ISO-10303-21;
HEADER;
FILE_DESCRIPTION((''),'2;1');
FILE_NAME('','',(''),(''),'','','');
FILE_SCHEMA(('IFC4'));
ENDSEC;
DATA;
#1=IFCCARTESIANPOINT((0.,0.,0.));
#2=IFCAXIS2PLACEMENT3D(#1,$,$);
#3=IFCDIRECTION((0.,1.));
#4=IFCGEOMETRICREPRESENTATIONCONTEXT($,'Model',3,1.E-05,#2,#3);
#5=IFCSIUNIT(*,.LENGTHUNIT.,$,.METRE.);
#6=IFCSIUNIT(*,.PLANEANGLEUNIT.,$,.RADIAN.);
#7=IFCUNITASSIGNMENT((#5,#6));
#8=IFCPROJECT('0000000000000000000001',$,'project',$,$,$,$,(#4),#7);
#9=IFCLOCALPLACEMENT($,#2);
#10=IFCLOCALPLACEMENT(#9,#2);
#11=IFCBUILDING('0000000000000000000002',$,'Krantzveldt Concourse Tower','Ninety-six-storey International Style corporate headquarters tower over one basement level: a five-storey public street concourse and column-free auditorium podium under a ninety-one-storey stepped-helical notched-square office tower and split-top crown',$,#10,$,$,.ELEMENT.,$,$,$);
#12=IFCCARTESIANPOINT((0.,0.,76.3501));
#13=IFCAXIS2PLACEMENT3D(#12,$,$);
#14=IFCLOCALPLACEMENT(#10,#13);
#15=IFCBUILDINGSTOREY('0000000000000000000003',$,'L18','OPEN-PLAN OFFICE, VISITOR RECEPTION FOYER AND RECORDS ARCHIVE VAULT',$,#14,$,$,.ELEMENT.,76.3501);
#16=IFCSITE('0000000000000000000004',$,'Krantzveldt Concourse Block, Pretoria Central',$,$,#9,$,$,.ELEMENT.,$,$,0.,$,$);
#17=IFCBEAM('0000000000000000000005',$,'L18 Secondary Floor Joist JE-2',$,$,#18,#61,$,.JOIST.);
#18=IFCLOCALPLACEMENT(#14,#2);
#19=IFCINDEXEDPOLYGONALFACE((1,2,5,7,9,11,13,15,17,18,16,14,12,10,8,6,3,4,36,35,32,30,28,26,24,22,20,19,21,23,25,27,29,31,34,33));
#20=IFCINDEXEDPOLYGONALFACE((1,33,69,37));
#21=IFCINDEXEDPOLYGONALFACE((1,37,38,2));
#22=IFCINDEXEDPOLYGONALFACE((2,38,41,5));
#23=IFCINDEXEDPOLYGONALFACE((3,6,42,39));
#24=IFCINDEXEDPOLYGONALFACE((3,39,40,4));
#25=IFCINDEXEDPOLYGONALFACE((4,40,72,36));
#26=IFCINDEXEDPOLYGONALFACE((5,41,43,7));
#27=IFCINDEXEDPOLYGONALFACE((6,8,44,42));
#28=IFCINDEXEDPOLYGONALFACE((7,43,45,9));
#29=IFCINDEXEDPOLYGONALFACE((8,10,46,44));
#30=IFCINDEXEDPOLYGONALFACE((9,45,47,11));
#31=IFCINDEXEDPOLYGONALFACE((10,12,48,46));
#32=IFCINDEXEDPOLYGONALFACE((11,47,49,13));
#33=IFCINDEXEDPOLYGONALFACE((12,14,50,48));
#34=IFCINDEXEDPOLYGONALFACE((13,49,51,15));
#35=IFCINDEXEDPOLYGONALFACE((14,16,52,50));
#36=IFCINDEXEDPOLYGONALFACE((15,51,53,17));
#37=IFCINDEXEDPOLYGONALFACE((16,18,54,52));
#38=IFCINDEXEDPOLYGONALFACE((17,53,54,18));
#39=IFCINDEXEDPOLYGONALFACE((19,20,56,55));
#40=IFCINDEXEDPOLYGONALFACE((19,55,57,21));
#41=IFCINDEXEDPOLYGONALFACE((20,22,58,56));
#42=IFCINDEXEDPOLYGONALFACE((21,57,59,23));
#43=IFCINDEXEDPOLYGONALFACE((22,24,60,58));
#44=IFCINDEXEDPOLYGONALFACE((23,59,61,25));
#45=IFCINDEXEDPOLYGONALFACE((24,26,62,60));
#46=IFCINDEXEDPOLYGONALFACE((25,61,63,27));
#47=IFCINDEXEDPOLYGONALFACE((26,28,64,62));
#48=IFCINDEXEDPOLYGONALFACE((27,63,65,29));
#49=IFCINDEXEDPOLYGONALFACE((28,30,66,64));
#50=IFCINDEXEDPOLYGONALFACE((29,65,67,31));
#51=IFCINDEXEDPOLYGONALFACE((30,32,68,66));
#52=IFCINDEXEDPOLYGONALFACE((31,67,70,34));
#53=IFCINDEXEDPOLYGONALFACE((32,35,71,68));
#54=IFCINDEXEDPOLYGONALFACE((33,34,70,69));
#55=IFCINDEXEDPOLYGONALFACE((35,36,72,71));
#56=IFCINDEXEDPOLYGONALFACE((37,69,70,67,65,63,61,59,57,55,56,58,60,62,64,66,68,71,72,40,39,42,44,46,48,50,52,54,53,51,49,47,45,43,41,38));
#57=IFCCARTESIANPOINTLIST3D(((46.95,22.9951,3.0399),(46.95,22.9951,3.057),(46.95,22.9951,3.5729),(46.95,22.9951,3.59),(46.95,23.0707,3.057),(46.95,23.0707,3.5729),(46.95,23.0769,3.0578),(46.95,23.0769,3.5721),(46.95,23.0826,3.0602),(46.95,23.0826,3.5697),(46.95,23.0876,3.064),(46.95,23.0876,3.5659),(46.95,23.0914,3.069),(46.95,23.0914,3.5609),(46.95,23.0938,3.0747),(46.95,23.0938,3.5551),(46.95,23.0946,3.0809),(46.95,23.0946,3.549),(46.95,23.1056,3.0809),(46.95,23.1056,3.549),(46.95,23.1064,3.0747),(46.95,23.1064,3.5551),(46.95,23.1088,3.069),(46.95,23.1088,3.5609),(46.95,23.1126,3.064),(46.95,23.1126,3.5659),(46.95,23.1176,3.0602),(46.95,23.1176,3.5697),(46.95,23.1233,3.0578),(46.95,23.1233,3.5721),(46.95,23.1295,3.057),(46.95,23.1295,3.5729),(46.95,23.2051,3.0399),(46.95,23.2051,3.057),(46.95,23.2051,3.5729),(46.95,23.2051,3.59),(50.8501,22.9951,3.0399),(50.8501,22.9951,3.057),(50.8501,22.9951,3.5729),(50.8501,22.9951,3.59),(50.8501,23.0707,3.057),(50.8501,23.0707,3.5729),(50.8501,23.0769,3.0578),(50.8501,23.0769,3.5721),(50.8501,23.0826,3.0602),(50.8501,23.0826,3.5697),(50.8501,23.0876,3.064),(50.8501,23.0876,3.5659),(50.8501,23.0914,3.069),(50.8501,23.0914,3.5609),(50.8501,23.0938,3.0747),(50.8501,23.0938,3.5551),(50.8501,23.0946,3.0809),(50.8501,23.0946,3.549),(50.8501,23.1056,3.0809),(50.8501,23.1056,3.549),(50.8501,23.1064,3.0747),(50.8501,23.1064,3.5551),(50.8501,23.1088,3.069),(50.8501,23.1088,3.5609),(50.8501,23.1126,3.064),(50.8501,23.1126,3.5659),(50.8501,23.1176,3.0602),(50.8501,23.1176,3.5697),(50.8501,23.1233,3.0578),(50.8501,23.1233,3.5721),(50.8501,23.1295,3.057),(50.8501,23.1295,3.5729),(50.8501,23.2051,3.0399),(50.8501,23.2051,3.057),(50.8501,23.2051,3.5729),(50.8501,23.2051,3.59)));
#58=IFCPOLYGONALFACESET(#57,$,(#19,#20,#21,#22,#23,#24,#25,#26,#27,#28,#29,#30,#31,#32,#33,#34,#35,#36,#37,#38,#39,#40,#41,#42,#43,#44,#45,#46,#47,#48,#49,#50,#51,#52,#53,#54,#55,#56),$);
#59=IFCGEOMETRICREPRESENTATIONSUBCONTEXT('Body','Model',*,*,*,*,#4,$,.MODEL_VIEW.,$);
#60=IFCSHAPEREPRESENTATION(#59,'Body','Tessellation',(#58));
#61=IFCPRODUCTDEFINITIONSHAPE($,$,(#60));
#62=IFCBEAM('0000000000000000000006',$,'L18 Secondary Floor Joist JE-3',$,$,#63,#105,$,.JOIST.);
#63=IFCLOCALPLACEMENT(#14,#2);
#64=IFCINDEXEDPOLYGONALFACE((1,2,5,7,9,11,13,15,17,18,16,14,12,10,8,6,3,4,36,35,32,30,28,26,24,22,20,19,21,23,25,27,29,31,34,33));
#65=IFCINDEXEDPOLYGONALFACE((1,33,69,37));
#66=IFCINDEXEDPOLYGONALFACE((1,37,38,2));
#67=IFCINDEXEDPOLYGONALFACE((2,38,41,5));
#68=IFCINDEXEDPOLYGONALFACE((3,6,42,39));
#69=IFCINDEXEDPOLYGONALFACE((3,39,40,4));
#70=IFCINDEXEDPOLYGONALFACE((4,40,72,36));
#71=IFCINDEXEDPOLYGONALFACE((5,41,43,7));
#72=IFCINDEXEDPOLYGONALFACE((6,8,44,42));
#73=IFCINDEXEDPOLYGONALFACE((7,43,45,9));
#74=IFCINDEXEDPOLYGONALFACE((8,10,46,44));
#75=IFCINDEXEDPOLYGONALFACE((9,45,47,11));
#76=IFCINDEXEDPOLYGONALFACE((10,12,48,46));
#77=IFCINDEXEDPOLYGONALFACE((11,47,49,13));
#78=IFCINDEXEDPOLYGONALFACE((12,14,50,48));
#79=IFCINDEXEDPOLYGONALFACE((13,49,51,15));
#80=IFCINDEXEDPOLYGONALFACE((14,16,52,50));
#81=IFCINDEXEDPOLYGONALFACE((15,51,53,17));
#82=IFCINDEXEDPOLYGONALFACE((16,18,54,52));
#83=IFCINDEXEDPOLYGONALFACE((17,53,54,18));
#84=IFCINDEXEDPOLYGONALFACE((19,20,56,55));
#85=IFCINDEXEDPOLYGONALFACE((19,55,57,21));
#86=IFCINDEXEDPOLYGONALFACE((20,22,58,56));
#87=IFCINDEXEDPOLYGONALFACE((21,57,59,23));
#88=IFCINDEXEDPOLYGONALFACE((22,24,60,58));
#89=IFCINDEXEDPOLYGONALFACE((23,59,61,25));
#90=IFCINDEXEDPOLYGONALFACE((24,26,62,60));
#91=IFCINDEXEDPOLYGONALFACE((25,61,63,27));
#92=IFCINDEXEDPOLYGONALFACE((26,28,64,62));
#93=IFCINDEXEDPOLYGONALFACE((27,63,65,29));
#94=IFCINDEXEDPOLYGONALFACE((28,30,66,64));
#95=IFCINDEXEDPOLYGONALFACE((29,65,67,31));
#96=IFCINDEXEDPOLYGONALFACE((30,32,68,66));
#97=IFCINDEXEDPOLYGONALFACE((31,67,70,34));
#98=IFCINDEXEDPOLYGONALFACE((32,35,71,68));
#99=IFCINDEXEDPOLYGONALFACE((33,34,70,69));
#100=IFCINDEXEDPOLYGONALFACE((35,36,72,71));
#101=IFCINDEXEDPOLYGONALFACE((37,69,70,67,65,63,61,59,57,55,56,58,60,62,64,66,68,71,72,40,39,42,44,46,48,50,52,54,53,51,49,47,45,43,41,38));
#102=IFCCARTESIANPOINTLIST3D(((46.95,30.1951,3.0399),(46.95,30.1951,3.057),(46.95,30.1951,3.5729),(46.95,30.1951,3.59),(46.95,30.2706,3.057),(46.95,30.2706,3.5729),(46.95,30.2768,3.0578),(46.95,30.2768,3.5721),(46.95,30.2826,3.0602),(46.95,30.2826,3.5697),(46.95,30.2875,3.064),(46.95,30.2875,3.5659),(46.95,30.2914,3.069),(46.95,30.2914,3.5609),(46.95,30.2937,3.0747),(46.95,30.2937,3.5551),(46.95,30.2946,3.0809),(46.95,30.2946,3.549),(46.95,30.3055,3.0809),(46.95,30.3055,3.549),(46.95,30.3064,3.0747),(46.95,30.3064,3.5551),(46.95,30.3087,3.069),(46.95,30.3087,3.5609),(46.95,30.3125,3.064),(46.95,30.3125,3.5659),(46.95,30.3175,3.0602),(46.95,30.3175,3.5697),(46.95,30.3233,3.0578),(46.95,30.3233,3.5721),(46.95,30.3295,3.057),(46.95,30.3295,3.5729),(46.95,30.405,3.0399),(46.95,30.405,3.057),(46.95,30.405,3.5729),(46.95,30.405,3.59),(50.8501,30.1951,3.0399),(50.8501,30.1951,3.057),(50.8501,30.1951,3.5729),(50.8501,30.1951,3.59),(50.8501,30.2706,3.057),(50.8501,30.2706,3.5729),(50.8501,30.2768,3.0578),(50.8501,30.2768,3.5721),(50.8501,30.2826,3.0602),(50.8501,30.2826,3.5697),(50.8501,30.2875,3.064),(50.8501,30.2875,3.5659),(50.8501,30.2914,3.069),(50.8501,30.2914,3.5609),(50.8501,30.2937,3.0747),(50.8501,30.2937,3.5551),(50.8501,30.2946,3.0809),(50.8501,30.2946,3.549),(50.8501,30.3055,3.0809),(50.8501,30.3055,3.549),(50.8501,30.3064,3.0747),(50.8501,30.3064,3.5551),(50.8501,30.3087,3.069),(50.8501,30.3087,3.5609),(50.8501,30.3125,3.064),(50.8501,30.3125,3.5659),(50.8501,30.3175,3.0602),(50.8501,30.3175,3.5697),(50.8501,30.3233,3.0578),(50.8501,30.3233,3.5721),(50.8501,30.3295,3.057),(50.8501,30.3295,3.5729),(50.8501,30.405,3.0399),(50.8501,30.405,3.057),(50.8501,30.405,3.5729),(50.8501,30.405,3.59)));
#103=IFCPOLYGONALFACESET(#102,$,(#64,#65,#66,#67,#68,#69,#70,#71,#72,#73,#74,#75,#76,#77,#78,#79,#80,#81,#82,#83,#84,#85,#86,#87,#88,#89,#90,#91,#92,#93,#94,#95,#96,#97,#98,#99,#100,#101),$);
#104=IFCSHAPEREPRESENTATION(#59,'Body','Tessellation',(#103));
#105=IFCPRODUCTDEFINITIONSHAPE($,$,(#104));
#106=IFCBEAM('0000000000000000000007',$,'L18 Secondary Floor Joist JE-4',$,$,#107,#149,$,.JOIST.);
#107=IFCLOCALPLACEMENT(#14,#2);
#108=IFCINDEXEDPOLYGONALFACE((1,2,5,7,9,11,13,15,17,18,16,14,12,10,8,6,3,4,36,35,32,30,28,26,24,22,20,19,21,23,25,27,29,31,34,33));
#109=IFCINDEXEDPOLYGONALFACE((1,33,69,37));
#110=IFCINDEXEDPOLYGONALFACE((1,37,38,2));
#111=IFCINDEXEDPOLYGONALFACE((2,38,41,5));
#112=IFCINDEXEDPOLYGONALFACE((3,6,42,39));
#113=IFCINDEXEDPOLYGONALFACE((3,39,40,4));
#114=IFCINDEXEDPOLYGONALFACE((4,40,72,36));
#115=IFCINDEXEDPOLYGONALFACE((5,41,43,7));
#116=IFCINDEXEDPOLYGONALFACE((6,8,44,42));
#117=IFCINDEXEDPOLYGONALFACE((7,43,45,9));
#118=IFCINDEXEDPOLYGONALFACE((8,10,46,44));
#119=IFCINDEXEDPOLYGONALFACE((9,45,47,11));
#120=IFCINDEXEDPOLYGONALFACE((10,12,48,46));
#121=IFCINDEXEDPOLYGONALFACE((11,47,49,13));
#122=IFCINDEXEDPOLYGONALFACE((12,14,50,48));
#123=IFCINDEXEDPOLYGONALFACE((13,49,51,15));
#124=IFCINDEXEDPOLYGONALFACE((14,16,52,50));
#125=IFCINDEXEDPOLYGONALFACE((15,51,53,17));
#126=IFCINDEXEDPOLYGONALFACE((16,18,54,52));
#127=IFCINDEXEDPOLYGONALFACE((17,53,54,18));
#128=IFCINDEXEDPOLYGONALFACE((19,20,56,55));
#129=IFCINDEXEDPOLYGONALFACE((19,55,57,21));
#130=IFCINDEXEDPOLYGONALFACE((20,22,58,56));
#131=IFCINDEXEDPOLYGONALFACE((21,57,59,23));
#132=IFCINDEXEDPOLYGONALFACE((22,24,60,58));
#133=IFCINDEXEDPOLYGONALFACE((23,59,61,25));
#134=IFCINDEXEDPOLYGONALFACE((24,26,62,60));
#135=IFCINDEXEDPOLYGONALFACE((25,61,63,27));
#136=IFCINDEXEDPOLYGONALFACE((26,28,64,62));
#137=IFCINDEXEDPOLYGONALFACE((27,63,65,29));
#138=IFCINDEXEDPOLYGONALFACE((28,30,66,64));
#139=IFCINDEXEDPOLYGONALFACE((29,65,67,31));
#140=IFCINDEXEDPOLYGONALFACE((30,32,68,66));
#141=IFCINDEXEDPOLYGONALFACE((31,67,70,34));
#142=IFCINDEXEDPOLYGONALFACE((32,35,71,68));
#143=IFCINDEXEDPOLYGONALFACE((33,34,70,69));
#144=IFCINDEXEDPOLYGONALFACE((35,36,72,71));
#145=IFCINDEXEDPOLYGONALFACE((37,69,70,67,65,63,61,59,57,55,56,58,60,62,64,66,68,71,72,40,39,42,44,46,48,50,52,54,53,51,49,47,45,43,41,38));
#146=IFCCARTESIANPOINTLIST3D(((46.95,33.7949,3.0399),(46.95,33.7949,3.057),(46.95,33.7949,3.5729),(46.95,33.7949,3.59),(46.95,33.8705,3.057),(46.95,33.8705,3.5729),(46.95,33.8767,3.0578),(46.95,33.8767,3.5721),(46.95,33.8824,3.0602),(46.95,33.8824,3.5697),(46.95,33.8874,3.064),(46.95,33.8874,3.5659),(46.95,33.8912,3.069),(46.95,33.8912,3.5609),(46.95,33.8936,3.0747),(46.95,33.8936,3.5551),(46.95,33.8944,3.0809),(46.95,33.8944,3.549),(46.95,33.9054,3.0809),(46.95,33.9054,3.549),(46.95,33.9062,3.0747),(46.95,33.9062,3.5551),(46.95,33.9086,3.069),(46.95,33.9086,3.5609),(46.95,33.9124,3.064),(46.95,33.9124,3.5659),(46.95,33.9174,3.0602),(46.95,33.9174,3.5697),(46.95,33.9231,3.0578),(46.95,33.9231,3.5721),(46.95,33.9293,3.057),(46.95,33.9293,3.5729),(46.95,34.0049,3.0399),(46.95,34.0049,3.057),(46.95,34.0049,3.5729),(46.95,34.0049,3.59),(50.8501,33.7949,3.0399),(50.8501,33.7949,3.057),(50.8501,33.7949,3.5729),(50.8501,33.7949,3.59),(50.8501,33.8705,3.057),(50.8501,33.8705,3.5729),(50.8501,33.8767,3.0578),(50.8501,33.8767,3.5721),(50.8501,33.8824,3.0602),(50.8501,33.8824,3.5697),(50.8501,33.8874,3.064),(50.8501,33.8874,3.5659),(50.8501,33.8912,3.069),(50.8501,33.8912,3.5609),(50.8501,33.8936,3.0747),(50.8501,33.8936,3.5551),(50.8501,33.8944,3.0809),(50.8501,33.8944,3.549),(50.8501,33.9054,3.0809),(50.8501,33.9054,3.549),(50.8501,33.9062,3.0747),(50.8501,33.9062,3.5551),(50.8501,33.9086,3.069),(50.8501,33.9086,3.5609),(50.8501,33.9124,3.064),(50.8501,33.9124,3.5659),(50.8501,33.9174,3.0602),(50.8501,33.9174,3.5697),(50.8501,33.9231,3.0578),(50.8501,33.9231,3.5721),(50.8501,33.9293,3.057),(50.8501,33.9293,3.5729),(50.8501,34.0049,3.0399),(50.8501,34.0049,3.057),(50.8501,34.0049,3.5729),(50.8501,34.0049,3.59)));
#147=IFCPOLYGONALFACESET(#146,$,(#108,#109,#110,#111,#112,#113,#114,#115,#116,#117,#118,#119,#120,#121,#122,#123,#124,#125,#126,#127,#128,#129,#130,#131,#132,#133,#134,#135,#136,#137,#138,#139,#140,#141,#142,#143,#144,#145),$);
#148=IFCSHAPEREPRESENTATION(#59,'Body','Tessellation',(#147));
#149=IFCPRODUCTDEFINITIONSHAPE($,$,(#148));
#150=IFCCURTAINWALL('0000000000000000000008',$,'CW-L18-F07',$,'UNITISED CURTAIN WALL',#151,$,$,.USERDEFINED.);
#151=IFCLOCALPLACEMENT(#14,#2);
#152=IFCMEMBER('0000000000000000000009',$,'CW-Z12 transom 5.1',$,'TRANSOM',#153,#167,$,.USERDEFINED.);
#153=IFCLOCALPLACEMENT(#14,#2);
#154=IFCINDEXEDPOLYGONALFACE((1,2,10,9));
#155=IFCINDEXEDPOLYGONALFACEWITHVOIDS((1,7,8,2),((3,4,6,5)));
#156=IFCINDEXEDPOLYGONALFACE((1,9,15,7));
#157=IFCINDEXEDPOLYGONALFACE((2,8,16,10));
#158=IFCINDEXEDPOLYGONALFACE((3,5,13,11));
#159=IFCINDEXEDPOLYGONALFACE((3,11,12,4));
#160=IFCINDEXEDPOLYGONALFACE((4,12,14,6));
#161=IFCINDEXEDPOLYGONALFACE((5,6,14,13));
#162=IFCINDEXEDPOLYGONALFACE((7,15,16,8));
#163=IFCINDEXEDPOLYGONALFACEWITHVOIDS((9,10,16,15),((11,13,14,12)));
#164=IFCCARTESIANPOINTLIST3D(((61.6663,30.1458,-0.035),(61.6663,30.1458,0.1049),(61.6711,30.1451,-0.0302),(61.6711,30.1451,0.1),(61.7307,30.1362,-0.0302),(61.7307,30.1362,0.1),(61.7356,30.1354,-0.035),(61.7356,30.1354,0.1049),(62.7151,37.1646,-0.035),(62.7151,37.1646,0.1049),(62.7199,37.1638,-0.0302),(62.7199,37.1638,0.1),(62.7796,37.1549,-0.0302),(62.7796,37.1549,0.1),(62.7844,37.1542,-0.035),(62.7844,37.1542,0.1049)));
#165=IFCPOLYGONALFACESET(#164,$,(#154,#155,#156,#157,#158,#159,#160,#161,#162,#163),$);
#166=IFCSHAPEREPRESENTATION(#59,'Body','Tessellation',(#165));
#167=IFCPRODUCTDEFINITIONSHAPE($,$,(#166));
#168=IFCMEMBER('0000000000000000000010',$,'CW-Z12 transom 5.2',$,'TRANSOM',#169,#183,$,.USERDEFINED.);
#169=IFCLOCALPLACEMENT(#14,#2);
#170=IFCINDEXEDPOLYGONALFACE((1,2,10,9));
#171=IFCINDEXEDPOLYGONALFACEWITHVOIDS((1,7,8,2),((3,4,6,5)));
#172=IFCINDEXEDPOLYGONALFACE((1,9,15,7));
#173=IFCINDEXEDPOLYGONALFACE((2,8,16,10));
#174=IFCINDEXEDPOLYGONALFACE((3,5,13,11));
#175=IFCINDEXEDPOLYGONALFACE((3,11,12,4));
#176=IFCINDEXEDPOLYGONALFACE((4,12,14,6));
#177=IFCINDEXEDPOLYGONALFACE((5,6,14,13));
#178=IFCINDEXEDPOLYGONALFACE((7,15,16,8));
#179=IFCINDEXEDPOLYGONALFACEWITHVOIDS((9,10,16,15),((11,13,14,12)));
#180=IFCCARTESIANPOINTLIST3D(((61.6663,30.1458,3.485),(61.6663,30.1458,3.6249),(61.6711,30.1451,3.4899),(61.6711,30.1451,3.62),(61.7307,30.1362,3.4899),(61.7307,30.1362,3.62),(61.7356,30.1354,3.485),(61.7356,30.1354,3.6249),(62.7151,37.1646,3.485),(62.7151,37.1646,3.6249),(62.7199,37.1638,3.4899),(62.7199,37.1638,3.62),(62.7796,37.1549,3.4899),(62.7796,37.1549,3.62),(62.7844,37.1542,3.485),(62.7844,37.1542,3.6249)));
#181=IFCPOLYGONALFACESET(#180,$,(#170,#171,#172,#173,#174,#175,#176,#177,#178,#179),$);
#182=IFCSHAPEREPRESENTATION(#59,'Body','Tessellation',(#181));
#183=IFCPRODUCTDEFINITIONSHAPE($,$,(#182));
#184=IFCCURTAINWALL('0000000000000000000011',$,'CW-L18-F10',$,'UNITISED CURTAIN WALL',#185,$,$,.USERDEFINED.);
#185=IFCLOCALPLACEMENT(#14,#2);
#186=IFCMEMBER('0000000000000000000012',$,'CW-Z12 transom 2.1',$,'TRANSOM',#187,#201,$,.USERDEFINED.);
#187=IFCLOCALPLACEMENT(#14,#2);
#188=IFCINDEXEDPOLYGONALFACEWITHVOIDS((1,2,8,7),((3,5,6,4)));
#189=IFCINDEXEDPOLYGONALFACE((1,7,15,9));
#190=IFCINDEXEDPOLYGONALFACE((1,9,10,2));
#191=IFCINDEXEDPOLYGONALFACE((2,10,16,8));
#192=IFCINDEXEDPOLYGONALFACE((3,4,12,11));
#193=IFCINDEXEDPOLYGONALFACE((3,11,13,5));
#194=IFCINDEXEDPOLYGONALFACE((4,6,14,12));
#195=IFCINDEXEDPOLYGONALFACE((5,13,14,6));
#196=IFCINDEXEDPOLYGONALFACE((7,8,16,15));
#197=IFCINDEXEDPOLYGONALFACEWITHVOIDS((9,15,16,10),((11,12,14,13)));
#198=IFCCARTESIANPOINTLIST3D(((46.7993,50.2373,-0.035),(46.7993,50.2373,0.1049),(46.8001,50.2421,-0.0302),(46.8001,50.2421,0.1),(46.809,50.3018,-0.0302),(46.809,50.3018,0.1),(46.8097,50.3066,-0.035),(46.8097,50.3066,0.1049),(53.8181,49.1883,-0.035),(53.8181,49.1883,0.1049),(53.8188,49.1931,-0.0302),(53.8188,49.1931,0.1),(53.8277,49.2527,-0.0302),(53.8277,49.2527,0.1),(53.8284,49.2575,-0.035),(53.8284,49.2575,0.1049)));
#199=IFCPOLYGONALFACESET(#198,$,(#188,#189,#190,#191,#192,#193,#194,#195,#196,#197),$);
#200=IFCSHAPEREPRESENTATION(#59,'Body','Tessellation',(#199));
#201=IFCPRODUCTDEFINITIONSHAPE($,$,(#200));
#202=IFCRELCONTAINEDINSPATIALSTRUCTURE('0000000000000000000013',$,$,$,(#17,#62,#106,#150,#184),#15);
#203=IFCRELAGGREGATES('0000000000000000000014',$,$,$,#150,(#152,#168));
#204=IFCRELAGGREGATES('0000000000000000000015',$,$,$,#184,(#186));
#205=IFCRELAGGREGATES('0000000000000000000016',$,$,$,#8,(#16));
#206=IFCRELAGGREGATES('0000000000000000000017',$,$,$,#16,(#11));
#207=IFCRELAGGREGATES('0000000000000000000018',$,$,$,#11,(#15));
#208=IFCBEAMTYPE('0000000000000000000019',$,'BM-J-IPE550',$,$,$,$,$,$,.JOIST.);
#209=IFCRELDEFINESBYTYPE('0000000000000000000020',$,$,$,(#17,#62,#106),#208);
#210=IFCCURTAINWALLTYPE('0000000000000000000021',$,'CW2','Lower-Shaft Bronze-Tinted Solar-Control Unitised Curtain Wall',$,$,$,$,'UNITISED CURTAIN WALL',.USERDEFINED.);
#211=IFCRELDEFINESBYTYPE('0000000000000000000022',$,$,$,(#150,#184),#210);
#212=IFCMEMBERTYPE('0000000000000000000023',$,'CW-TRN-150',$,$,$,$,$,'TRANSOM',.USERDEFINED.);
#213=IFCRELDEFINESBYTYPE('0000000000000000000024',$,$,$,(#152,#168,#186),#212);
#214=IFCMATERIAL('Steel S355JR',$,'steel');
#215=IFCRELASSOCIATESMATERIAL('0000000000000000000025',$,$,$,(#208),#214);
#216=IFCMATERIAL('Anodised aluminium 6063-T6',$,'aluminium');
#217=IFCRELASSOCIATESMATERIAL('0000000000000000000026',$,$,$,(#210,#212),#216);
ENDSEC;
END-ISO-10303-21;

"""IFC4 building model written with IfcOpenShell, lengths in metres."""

from ifc_helpers import new_model, si_unit, direction, frame, origin, origin_2d, place, context, subcontext, project, spatial, hollow_rectangle, i_section, extrude, source, transform, mapped, material, material_profile, profile_set, type_object, type_shapes, element, aggregate, save


model = new_model("IFC4")

# Units and contexts
model_context = context("Model", 3, precision=1e-05, world=origin(), true_north=direction((0.0, 1.0)))
body_context = subcontext(model_context, "Body", "Model", "MODEL_VIEW")
ifc_project = project(units=[si_unit("LENGTHUNIT", "METRE"), si_unit("PLANEANGLEUNIT", "RADIAN")], contexts=[model_context])

# Site, building, storey
site_placement = place(None, origin())
site = spatial("IfcSite", under=ifc_project, at=site_placement, Name="Krantzveldt Concourse Block, Pretoria Central", CompositionType="ELEMENT", RefElevation=0.0)
building_placement = place(site_placement, origin())
building = spatial("IfcBuilding", under=site, at=building_placement, Name="Krantzveldt Concourse Tower", Description="Ninety-six-storey International Style corporate headquarters tower over one basement level: a five-storey public street concourse and column-free auditorium podium under a ninety-one-storey stepped-helical notched-square office tower and split-top crown", CompositionType="ELEMENT")
storey_placement = place(building_placement, frame((0.0, 0.0, 76.3501)))
storey = spatial("IfcBuildingStorey", under=building, at=storey_placement, Name="L18", Description="OPEN-PLAN OFFICE, VISITOR RECEPTION FOYER AND RECORDS ARCHIVE VAULT", CompositionType="ELEMENT", Elevation=76.3501)

# Beams
ifc_material_1 = material(Name="Steel S355JR", Category="steel")
ifc_material_profile_1 = material_profile(ifc_material_1, i_section(OverallWidth=0.21, OverallDepth=0.55, WebThickness=0.011, FlangeThickness=0.0171, FilletRadius=0.0239, at=origin_2d()), Name="Steel S355JR", Category="steel")
ifc_profile_set_1 = profile_set([ifc_material_profile_1], Name="Steel S355JR - IPE 550")
beam_type_1 = type_object("IfcBeamType", Name="BM-J-IPE550", PredefinedType="JOIST", material=ifc_profile_set_1)
shared_shape_1 = source(origin(), body_context, "Body", "SweptSolid", [
    extrude(i_section(OverallWidth=0.21, OverallDepth=0.55, WebThickness=0.011, FlangeThickness=0.0171, FilletRadius=0.0239, at=origin_2d()), origin(), (0.0, 0.0, 1.0), 3.9001),
])
type_shapes(beam_type_1, [shared_shape_1])
for number, where, z_axis, x_axis, name in (
    (1, (46.95, 23.1001, 3.3149), (1.0, 0.0, 0.0), (0.0, 1.0, 0.0), "L18 Secondary Floor Joist JE-2"),
    (2, (46.95, 30.3, 3.3149), (1.0, 0.0, 0.0), (0.0, 1.0, 0.0), "L18 Secondary Floor Joist JE-3"),
    (3, (46.95, 33.8999, 3.3149), (1.0, 0.0, 0.0), (0.0, 1.0, 0.0), "L18 Secondary Floor Joist JE-4"),
):
    element("IfcBeam", number, at=place(storey_placement, frame(where, z_axis=z_axis, x_axis=x_axis)), inside=storey, type_object=beam_type_1, Name=name, PredefinedType="JOIST", context=body_context, shape_type="MappedRepresentation", body=[
        mapped(shared_shape_1, transform((0.0, 0.0, 0.0), x_axis=(1.0, 0.0, 0.0), y_axis=(0.0, 1.0, 0.0), z_axis=(0.0, 0.0, 1.0), scale=1.0)),
    ])

# Curtain walls, members
ifc_material_2 = material(Name="Anodised aluminium 6063-T6", Category="aluminium")
curtain_wall_type = type_object("IfcCurtainWallType", Name="CW2", Description="Lower-Shaft Bronze-Tinted Solar-Control Unitised Curtain Wall", ElementType="UNITISED CURTAIN WALL", PredefinedType="USERDEFINED", material=ifc_material_2)
curtain_wall_1_placement = place(storey_placement, origin())
curtain_wall_1 = element("IfcCurtainWall", 4, at=curtain_wall_1_placement, inside=storey, type_object=curtain_wall_type, Name="CW-L18-F07", ObjectType="UNITISED CURTAIN WALL", PredefinedType="USERDEFINED")
ifc_material_profile_2 = material_profile(ifc_material_2, hollow_rectangle(XDim=0.0701, YDim=0.1399, WallThickness=0.0049, at=origin_2d()), Name="Anodised aluminium 6063-T6", Category="aluminium")
ifc_profile_set_2 = profile_set([ifc_material_profile_2], Name="Anodised aluminium 6063-T6 - ALU-TRAN 140x70x5")
member_type_1 = type_object("IfcMemberType", Name="CW-TRN-150", ElementType="TRANSOM", PredefinedType="USERDEFINED", material=ifc_profile_set_2)
shared_shape_2 = source(origin(), body_context, "Body", "SweptSolid", [
    extrude(hollow_rectangle(XDim=0.0701, YDim=0.1399, WallThickness=0.0049, at=origin_2d()), origin(), (0.0, 0.0, 1.0), 7.0967),
])
member_1_placement = place(storey_placement, frame((61.7009, 30.1406, 0.0349), z_axis=(0.14779, 0.989019, 0.0), x_axis=(-0.989019, 0.14779, 0.0)))
member_1 = element("IfcMember", 5, at=member_1_placement, type_object=member_type_1, Name="CW-Z12 transom 5.1", ObjectType="TRANSOM", PredefinedType="USERDEFINED", context=body_context, shape_type="MappedRepresentation", body=[
    mapped(shared_shape_2, transform((0.0, 0.0, 0.0), x_axis=(1.0, 0.0, 0.0), y_axis=(0.0, 1.0, 0.0), z_axis=(0.0, 0.0, 1.0), scale=1.0)),
])
member_2_placement = place(storey_placement, frame((61.7009, 30.1406, 3.5549), z_axis=(0.14779, 0.989019, 0.0), x_axis=(-0.989019, 0.14779, 0.0)))
member_2 = element("IfcMember", 6, at=member_2_placement, type_object=member_type_1, Name="CW-Z12 transom 5.2", ObjectType="TRANSOM", PredefinedType="USERDEFINED", context=body_context, shape_type="MappedRepresentation", body=[
    mapped(shared_shape_2, transform((0.0, 0.0, 0.0), x_axis=(1.0, 0.0, 0.0), y_axis=(0.0, 1.0, 0.0), z_axis=(0.0, 0.0, 1.0), scale=1.0)),
])
curtain_wall_2_placement = place(storey_placement, origin())
curtain_wall_2 = element("IfcCurtainWall", 7, at=curtain_wall_2_placement, inside=storey, type_object=curtain_wall_type, Name="CW-L18-F10", ObjectType="UNITISED CURTAIN WALL", PredefinedType="USERDEFINED")
member_3_placement = place(storey_placement, frame((53.8232, 49.2229, 0.0349), z_axis=(-0.989014, 0.147824, 0.0), x_axis=(-0.147824, -0.989014, 0.0)))
member_3 = element("IfcMember", 8, at=member_3_placement, type_object=member_type_1, Name="CW-Z12 transom 2.1", ObjectType="TRANSOM", PredefinedType="USERDEFINED", context=body_context, shape_type="MappedRepresentation", body=[
    mapped(shared_shape_2, transform((0.0, 0.0, 0.0), x_axis=(1.0, 0.0, 0.0), y_axis=(0.0, 1.0, 0.0), z_axis=(0.0, 0.0, 1.0), scale=1.0)),
])

aggregate(curtain_wall_1, [member_1, member_2])
aggregate(curtain_wall_2, [member_3])

save(model, "model.ifc")
